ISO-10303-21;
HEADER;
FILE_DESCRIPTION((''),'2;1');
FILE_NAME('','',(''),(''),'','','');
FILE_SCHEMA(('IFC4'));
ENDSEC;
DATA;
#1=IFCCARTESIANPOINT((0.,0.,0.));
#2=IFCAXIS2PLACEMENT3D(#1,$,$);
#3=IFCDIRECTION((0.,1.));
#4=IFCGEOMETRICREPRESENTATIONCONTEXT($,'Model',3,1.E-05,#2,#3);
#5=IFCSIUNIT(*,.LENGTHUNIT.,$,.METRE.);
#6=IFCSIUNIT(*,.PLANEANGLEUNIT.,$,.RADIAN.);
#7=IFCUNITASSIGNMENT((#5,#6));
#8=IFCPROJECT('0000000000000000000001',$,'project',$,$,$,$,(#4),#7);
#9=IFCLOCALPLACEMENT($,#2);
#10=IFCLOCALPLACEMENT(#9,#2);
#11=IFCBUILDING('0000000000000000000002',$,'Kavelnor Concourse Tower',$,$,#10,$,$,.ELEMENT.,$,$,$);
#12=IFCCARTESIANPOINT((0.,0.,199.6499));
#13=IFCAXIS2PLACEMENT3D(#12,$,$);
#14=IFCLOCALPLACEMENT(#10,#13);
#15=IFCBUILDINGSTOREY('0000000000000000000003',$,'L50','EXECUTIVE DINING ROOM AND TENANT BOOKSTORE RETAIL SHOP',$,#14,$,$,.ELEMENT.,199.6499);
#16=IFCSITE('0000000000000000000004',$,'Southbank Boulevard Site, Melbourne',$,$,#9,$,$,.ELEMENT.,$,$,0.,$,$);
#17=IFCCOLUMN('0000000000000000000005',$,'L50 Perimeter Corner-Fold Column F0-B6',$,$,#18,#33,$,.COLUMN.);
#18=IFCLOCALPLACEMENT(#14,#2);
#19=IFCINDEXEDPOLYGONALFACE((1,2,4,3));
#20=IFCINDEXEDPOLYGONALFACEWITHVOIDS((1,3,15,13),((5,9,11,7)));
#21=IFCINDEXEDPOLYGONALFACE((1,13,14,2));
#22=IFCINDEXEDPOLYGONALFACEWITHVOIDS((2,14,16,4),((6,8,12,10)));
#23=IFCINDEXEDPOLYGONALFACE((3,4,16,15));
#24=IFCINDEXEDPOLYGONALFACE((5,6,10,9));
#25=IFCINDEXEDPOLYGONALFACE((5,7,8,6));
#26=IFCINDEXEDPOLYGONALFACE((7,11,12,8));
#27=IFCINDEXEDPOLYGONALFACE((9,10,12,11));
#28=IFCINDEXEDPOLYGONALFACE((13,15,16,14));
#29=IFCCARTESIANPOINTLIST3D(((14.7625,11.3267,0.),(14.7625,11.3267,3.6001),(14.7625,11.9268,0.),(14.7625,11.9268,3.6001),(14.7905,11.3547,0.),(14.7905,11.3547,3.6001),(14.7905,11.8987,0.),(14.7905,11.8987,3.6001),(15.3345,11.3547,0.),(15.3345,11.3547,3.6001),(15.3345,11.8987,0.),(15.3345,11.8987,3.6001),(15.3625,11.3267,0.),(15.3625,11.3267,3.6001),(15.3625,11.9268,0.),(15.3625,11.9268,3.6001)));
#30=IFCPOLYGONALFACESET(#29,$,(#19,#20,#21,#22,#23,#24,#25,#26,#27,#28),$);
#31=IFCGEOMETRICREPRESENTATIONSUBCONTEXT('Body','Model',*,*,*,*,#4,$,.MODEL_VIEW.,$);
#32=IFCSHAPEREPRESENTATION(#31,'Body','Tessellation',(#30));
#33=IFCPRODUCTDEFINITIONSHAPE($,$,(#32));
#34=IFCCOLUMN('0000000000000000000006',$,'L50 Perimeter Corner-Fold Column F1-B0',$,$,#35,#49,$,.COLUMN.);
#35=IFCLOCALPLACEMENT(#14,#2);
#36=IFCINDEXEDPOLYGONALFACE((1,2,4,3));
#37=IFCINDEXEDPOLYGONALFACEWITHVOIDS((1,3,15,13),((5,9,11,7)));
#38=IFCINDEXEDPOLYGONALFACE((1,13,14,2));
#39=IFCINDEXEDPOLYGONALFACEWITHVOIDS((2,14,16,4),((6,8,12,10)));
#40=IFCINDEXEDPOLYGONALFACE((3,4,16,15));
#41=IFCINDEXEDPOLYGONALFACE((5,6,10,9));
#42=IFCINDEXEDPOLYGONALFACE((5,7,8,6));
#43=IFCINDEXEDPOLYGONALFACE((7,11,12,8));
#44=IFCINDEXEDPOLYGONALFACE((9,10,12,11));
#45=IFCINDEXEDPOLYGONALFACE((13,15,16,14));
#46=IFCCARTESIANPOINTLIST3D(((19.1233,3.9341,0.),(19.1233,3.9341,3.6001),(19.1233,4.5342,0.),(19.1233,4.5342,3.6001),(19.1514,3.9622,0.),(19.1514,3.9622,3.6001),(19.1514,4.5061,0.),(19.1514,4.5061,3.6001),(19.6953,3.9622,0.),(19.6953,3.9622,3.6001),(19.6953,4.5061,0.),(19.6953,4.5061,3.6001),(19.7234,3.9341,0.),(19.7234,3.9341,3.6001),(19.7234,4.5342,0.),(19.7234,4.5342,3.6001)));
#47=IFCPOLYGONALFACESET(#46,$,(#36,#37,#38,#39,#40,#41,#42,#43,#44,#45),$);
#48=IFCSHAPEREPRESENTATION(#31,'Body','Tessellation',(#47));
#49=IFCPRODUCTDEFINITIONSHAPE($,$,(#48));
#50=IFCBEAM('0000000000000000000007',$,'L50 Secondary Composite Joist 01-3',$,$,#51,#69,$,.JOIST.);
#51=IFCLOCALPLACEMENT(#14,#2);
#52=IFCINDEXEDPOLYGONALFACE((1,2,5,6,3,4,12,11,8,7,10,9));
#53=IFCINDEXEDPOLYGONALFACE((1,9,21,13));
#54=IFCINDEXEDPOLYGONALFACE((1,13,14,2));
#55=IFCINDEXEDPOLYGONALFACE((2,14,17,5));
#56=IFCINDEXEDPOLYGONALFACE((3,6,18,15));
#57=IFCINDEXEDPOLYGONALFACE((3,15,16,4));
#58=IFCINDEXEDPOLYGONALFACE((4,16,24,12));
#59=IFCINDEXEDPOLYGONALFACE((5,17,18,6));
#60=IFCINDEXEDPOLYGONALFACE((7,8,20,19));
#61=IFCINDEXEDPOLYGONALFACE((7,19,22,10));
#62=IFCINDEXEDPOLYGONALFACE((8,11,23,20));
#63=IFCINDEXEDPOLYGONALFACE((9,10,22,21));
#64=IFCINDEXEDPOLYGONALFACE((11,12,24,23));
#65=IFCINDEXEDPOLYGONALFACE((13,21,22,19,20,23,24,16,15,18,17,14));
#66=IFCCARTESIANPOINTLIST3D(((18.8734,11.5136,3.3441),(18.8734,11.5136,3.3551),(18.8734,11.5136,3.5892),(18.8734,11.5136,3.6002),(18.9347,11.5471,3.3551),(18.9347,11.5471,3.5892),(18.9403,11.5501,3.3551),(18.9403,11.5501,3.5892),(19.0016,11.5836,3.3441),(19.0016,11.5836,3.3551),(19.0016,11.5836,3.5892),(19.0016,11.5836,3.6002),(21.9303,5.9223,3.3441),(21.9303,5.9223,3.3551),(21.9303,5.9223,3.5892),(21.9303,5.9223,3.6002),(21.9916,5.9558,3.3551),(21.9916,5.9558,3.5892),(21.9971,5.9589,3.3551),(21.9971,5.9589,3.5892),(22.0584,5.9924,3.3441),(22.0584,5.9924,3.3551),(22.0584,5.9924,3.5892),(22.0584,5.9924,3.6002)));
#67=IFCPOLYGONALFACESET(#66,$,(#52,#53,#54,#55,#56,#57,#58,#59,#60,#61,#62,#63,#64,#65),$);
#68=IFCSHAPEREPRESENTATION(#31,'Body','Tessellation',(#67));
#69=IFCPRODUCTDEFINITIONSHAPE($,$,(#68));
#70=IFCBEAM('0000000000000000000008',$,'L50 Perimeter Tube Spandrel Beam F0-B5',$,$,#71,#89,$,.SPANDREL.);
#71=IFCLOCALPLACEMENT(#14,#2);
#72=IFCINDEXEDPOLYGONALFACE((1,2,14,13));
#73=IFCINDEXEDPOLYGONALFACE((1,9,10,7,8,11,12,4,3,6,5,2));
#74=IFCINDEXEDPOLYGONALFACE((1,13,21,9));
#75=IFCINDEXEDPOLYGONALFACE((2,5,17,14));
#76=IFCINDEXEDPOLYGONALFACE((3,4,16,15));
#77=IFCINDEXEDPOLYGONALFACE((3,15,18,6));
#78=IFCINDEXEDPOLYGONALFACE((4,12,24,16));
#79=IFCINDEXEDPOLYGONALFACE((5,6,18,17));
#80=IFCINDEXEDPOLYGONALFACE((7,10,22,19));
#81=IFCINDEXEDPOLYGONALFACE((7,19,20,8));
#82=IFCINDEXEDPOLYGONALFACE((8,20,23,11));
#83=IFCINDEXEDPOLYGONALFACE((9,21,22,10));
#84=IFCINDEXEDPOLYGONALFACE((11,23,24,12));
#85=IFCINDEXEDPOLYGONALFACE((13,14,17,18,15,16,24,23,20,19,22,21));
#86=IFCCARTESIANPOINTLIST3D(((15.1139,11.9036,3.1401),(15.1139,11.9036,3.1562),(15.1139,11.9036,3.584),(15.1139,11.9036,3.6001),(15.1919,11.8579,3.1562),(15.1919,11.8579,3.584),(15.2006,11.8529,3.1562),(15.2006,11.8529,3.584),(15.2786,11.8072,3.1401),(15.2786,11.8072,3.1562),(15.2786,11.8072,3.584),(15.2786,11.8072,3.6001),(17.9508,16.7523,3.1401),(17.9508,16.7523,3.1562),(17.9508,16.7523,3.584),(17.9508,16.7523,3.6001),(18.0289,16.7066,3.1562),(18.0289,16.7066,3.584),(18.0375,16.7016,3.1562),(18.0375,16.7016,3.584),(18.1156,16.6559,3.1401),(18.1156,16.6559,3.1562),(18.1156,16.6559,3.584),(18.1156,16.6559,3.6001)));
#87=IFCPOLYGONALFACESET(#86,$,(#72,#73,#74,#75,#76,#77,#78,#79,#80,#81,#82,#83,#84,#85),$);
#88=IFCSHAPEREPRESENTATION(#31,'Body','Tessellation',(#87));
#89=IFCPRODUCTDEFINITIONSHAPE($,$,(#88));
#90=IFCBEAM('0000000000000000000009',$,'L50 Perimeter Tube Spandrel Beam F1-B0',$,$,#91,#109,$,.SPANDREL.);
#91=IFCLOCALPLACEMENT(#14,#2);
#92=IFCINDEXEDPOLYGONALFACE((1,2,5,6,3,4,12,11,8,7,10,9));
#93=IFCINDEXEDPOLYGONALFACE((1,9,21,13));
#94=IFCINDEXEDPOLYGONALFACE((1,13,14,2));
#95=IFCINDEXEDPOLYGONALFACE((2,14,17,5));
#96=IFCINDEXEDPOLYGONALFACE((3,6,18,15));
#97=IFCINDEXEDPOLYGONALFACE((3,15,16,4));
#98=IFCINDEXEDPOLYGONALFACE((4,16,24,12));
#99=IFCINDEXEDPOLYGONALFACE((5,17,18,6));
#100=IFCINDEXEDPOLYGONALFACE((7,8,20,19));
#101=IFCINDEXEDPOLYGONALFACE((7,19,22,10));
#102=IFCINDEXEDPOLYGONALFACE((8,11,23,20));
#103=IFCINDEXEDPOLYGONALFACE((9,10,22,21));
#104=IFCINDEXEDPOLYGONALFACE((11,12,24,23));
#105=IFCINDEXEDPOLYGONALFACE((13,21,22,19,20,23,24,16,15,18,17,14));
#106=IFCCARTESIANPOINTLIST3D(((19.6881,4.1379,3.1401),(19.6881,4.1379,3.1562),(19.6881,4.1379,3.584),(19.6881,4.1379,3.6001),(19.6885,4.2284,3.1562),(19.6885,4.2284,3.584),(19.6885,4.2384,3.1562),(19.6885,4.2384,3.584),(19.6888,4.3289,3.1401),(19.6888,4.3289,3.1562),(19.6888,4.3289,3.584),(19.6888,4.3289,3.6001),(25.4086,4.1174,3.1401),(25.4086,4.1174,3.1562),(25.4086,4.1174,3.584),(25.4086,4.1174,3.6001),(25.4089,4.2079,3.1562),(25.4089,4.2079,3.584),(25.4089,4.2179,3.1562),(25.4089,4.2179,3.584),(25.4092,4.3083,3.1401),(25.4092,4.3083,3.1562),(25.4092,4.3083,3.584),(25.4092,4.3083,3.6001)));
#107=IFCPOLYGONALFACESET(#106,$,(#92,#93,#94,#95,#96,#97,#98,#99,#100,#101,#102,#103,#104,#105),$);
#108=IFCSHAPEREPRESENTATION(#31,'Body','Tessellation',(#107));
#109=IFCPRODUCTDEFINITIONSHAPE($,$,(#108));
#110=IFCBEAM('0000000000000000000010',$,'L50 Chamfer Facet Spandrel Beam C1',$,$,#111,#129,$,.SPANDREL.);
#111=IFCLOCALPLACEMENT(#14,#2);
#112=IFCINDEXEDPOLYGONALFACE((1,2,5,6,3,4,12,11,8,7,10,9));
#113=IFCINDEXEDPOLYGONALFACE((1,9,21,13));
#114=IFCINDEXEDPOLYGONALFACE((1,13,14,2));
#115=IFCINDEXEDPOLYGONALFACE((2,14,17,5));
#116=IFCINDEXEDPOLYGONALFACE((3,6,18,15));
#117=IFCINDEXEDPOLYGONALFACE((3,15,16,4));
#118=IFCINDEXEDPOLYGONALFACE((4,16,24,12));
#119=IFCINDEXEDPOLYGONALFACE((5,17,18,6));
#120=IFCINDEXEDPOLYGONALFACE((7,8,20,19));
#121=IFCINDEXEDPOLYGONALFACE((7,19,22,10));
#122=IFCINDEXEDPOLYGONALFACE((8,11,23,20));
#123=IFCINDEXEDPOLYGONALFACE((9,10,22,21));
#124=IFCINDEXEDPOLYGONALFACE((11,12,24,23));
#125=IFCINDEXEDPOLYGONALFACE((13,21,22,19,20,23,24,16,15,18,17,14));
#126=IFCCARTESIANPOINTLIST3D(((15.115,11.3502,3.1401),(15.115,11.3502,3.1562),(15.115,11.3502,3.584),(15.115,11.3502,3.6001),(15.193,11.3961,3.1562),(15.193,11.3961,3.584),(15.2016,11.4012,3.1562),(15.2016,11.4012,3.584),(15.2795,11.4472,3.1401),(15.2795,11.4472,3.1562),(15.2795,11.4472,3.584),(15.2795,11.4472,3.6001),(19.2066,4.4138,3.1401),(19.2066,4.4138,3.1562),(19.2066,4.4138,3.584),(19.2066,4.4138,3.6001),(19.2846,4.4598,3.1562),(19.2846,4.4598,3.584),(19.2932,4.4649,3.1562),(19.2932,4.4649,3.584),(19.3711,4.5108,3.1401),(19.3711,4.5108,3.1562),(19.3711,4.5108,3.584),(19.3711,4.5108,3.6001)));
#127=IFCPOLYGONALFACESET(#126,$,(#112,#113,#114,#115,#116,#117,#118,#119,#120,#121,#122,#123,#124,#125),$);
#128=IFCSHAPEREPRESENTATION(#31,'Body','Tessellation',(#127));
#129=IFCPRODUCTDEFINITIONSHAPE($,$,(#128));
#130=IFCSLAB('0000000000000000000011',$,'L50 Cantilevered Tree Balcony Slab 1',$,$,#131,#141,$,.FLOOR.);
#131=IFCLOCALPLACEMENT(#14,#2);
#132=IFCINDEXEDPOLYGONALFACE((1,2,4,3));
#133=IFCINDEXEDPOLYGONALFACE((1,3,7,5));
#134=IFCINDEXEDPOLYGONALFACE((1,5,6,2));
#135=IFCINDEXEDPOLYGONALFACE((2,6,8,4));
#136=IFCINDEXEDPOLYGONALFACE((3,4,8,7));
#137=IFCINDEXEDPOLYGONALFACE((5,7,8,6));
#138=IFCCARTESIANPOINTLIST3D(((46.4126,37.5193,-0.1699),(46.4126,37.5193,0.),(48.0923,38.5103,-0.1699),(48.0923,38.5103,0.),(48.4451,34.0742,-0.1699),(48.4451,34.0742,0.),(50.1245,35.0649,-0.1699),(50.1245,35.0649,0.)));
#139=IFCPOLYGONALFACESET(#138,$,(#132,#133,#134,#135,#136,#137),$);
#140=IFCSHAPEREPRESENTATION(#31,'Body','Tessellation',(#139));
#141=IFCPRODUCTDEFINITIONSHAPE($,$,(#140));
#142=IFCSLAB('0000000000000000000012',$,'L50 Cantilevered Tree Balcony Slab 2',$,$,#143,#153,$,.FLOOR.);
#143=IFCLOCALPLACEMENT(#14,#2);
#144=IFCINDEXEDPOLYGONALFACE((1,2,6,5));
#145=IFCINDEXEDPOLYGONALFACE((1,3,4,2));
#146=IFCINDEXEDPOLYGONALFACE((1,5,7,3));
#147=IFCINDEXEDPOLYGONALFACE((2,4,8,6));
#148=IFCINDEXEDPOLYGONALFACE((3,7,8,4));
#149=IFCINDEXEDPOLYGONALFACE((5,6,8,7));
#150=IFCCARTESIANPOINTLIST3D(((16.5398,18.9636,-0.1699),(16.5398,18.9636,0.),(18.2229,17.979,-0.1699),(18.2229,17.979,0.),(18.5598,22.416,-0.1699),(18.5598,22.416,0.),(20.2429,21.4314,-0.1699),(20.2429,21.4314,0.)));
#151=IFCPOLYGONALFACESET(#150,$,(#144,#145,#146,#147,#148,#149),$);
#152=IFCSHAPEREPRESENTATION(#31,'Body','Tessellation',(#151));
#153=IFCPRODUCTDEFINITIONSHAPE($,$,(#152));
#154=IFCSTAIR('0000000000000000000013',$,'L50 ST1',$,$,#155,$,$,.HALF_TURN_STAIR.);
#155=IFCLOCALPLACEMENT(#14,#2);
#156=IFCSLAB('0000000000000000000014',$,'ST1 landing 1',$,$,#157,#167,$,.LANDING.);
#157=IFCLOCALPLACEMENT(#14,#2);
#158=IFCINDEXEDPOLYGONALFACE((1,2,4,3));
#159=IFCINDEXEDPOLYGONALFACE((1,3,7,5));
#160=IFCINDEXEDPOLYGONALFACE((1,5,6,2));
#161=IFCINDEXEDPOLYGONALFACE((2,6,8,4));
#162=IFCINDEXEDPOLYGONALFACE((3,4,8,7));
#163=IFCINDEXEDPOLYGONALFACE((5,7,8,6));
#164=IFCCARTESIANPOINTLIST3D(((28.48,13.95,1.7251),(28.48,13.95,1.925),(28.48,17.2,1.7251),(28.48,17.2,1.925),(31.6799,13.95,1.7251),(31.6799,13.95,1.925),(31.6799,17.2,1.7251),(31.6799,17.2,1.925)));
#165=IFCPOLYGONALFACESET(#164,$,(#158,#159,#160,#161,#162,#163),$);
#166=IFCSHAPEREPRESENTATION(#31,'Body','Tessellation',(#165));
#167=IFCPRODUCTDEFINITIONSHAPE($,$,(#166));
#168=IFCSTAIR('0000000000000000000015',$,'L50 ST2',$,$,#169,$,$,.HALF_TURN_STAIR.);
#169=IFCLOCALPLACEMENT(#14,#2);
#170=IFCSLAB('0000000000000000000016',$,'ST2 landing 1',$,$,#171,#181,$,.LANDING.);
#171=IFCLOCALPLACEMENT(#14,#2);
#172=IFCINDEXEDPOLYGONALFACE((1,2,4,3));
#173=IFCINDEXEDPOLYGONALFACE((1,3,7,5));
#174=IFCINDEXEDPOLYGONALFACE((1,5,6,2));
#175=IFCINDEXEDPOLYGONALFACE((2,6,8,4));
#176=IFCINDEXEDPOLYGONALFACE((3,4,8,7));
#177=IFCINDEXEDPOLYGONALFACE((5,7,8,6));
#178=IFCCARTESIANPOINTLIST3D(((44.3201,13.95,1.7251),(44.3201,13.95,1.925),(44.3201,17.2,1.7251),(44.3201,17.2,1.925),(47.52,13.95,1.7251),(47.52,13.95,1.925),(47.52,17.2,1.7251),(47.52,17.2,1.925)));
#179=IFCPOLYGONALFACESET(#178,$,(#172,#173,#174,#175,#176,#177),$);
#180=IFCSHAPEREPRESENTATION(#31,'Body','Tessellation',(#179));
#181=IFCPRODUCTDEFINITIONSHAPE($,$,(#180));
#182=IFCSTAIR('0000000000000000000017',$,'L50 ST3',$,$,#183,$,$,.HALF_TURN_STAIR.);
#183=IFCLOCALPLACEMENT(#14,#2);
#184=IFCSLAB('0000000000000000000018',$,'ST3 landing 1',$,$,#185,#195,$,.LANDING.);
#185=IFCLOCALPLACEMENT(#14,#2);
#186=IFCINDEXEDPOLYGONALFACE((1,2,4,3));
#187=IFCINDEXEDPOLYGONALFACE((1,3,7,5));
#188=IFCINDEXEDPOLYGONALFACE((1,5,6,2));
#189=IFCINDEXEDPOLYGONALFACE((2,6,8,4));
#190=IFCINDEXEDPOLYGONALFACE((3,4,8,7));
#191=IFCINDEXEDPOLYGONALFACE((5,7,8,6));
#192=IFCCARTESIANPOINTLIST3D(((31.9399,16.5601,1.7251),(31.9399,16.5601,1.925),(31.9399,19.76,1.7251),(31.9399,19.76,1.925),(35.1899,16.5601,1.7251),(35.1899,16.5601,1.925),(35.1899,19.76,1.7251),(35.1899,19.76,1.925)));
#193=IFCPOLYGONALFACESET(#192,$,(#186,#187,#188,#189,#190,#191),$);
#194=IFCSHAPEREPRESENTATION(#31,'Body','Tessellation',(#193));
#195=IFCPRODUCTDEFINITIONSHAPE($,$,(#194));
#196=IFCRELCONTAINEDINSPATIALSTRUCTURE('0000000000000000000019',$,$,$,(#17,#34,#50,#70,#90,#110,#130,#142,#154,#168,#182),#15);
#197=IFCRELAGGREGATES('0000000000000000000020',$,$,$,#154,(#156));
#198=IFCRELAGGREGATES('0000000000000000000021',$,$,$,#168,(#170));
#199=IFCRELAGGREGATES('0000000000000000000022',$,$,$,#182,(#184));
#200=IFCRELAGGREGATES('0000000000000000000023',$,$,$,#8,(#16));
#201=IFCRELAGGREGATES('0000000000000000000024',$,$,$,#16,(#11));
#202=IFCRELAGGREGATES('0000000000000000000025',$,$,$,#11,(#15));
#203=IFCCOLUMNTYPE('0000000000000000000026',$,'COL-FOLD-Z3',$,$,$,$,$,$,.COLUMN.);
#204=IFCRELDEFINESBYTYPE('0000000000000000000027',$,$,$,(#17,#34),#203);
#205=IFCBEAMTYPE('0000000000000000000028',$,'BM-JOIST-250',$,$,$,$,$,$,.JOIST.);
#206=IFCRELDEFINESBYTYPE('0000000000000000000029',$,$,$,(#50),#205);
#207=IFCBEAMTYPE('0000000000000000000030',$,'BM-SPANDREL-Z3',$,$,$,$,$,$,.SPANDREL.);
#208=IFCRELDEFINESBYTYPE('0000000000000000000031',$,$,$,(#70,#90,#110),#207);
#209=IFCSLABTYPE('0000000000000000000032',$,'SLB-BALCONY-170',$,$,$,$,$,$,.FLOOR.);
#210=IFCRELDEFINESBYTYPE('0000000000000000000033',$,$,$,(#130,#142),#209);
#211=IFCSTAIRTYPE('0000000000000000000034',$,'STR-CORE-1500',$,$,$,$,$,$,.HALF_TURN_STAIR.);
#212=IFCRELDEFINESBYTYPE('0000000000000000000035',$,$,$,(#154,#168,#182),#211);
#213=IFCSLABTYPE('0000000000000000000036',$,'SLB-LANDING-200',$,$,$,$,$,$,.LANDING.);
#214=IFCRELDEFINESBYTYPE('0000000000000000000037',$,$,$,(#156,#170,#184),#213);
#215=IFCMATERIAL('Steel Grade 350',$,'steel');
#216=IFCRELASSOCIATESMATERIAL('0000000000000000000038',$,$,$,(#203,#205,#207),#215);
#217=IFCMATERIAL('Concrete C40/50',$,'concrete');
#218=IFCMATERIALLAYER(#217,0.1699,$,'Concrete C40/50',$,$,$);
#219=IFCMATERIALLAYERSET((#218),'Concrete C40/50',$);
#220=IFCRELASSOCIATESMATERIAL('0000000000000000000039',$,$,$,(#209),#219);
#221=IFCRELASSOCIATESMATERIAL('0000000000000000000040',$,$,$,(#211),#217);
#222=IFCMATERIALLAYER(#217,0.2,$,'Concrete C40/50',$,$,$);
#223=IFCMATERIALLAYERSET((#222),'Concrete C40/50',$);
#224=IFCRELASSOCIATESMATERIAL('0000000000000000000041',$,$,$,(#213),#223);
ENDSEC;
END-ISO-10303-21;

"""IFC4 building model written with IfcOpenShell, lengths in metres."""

from ifc_helpers import new_model, si_unit, direction, frame, origin, origin_2d, place, context, subcontext, project, spatial, polyline, hollow_rectangle, i_section, outline, extrude, material, layer, layer_set, material_profile, profile_set, type_object, element, aggregate, save


model = new_model("IFC4")

# Units and contexts
model_context = context("Model", 3, precision=1e-05, world=origin(), true_north=direction((0.0, 1.0)))
body_context = subcontext(model_context, "Body", "Model", "MODEL_VIEW")
ifc_project = project(units=[si_unit("LENGTHUNIT", "METRE"), si_unit("PLANEANGLEUNIT", "RADIAN")], contexts=[model_context])

# Site, building, storey
site_placement = place(None, origin())
site = spatial("IfcSite", under=ifc_project, at=site_placement, Name="Southbank Boulevard Site, Melbourne", CompositionType="ELEMENT", RefElevation=0.0)
building_placement = place(site_placement, origin())
building = spatial("IfcBuilding", under=site, at=building_placement, Name="Kavelnor Concourse Tower", CompositionType="ELEMENT")
storey_placement = place(building_placement, frame((0.0, 0.0, 199.6499)))
storey = spatial("IfcBuildingStorey", under=building, at=storey_placement, Name="L50", Description="EXECUTIVE DINING ROOM AND TENANT BOOKSTORE RETAIL SHOP", CompositionType="ELEMENT", Elevation=199.6499)

# Columns
ifc_material_1 = material(Name="Steel Grade 350", Category="steel")
ifc_material_profile_1 = material_profile(ifc_material_1, hollow_rectangle(XDim=0.6001, YDim=0.6001, WallThickness=0.0281, at=origin_2d()), Name="SHS 600x600x28")
ifc_profile_set_1 = profile_set([ifc_material_profile_1], Name="Steel Grade 350")
column_type = type_object("IfcColumnType", Name="COL-FOLD-Z3", PredefinedType="COLUMN", material=ifc_profile_set_1)
for number, where, z_axis, x_axis, name in (
    (1, (15.0625, 11.6267, 0.0), (0.0, 0.0, 1.0), (1.0, 0.0, 0.0), "L50 Perimeter Corner-Fold Column F0-B6"),
    (2, (19.4233, 4.2341, 0.0), (0.0, 0.0, 1.0), (1.0, 0.0, 0.0), "L50 Perimeter Corner-Fold Column F1-B0"),
):
    element("IfcColumn", number, at=place(storey_placement, frame(where, z_axis=z_axis, x_axis=x_axis)), inside=storey, type_object=column_type, Name=name, PredefinedType="COLUMN", context=body_context, shape_type="SweptSolid", body=[
        extrude(hollow_rectangle(XDim=0.6001, YDim=0.6001, WallThickness=0.0281, at=origin_2d()), origin(), (0.0, 0.0, 1.0), 3.6001),
    ])

# Beams
ifc_material_profile_2 = material_profile(ifc_material_1, i_section(OverallWidth=0.146, OverallDepth=0.2561, WebThickness=0.0063, FlangeThickness=0.011, at=origin_2d()), Name="250UB37")
ifc_profile_set_2 = profile_set([ifc_material_profile_2], Name="Steel Grade 350")
beam_type_1 = type_object("IfcBeamType", Name="BM-JOIST-250", PredefinedType="JOIST", material=ifc_profile_set_2)
beam_1_placement = place(storey_placement, frame((18.9375, 11.5486, 3.4722), z_axis=(0.479708, -0.877428, 0.0), x_axis=(0.877428, 0.479708, 0.0)))
element("IfcBeam", 3, at=beam_1_placement, inside=storey, type_object=beam_type_1, Name="L50 Secondary Composite Joist 01-3", PredefinedType="JOIST", context=body_context, shape_type="SweptSolid", body=[
    extrude(i_section(OverallWidth=0.146, OverallDepth=0.2561, WebThickness=0.0063, FlangeThickness=0.011, at=origin_2d()), origin(), (0.0, 0.0, 1.0), 6.3723),
])
ifc_material_profile_3 = material_profile(ifc_material_1, i_section(OverallWidth=0.1909, OverallDepth=0.46, WebThickness=0.01, FlangeThickness=0.0161, at=origin_2d()), Name="460UB82")
ifc_profile_set_3 = profile_set([ifc_material_profile_3], Name="Steel Grade 350")
beam_type_2 = type_object("IfcBeamType", Name="BM-SPANDREL-Z3", PredefinedType="SPANDREL", material=ifc_profile_set_3)
beam_2_placement = place(storey_placement, frame((18.0332, 16.7041, 3.3701), z_axis=(-0.505006, -0.863116, 0.0), x_axis=(0.863116, -0.505006, 0.0)))
element("IfcBeam", 4, at=beam_2_placement, inside=storey, type_object=beam_type_2, Name="L50 Perimeter Tube Spandrel Beam F0-B5", PredefinedType="SPANDREL", context=body_context, shape_type="SweptSolid", body=[
    extrude(i_section(OverallWidth=0.1909, OverallDepth=0.46, WebThickness=0.01, FlangeThickness=0.0161, at=origin_2d()), origin(), (0.0, 0.0, 1.0), 5.6177),
])
beam_3_placement = place(storey_placement, frame((19.6885, 4.2334, 3.3701), z_axis=(0.999994, -0.003585, 0.0), x_axis=(0.003585, 0.999994, 0.0)))
element("IfcBeam", 5, at=beam_3_placement, inside=storey, type_object=beam_type_2, Name="L50 Perimeter Tube Spandrel Beam F1-B0", PredefinedType="SPANDREL", context=body_context, shape_type="SweptSolid", body=[
    extrude(i_section(OverallWidth=0.1909, OverallDepth=0.46, WebThickness=0.01, FlangeThickness=0.0161, at=origin_2d()), origin(), (0.0, 0.0, 1.0), 5.7205),
])
beam_4_placement = place(storey_placement, frame((15.1973, 11.3987, 3.3701), z_axis=(0.50807, -0.861316, 0.0), x_axis=(0.861316, 0.50807, 0.0)))
element("IfcBeam", 6, at=beam_4_placement, inside=storey, type_object=beam_type_2, Name="L50 Chamfer Facet Spandrel Beam C1", PredefinedType="SPANDREL", context=body_context, shape_type="SweptSolid", body=[
    extrude(i_section(OverallWidth=0.1909, OverallDepth=0.46, WebThickness=0.01, FlangeThickness=0.0161, at=origin_2d()), origin(), (0.0, 0.0, 1.0), 8.0532),
])

# Slabs
ifc_material_2 = material(Name="Concrete C40/50", Category="concrete")
ifc_layer_1 = layer(ifc_material_2, 0.1699, Name="Concrete C40/50")
ifc_layer_set_1 = layer_set([ifc_layer_1], Name="Concrete C40/50")
slab_type_1 = type_object("IfcSlabType", Name="SLB-BALCONY-170", PredefinedType="FLOOR", material=ifc_layer_set_1)
slab_1_placement = place(storey_placement, frame((0.0, 0.0, -0.1699)))
element("IfcSlab", 7, at=slab_1_placement, inside=storey, type_object=slab_type_1, Name="L50 Cantilevered Tree Balcony Slab 1", PredefinedType="FLOOR", context=body_context, shape_type="SweptSolid", body=[
    extrude(outline(polyline([(48.0923, 38.5103), (50.1245, 35.0649), (48.4451, 34.0742), (46.4126, 37.5193), (48.0923, 38.5103)])), origin(), (0.0, 0.0, 1.0), 0.1699),
])
slab_2_placement = place(storey_placement, frame((0.0, 0.0, -0.1699)))
element("IfcSlab", 8, at=slab_2_placement, inside=storey, type_object=slab_type_1, Name="L50 Cantilevered Tree Balcony Slab 2", PredefinedType="FLOOR", context=body_context, shape_type="SweptSolid", body=[
    extrude(outline(polyline([(16.5398, 18.9636), (18.5598, 22.416), (20.2429, 21.4314), (18.2229, 17.979), (16.5398, 18.9636)])), origin(), (0.0, 0.0, 1.0), 0.1699),
])

# Stairs, slabs
stair_type = type_object("IfcStairType", Name="STR-CORE-1500", PredefinedType="HALF_TURN_STAIR", material=ifc_material_2)
stair_1_placement = place(storey_placement, origin())
stair_1 = element("IfcStair", 9, at=stair_1_placement, inside=storey, type_object=stair_type, Name="L50 ST1", PredefinedType="HALF_TURN_STAIR")
ifc_layer_2 = layer(ifc_material_2, 0.2, Name="Concrete C40/50")
ifc_layer_set_2 = layer_set([ifc_layer_2], Name="Concrete C40/50")
slab_type_2 = type_object("IfcSlabType", Name="SLB-LANDING-200", PredefinedType="LANDING", material=ifc_layer_set_2)
slab_3_placement = place(storey_placement, frame((0.0, 0.0, 1.7251)))
slab_3 = element("IfcSlab", 10, at=slab_3_placement, type_object=slab_type_2, Name="ST1 landing 1", PredefinedType="LANDING", context=body_context, shape_type="SweptSolid", body=[
    extrude(outline(polyline([(31.6799, 13.95), (31.6799, 17.2), (28.48, 17.2), (28.48, 13.95), (31.6799, 13.95)])), origin(), (0.0, 0.0, 1.0), 0.2),
])
aggregate(stair_1, [slab_3])
stair_2_placement = place(storey_placement, origin())
stair_2 = element("IfcStair", 11, at=stair_2_placement, inside=storey, type_object=stair_type, Name="L50 ST2", PredefinedType="HALF_TURN_STAIR")
slab_4_placement = place(storey_placement, frame((0.0, 0.0, 1.7251)))
slab_4 = element("IfcSlab", 12, at=slab_4_placement, type_object=slab_type_2, Name="ST2 landing 1", PredefinedType="LANDING", context=body_context, shape_type="SweptSolid", body=[
    extrude(outline(polyline([(47.52, 13.95), (47.52, 17.2), (44.3201, 17.2), (44.3201, 13.95), (47.52, 13.95)])), origin(), (0.0, 0.0, 1.0), 0.2),
])
aggregate(stair_2, [slab_4])
stair_3_placement = place(storey_placement, origin())
stair_3 = element("IfcStair", 13, at=stair_3_placement, inside=storey, type_object=stair_type, Name="L50 ST3", PredefinedType="HALF_TURN_STAIR")
slab_5_placement = place(storey_placement, frame((0.0, 0.0, 1.7251)))
slab_5 = element("IfcSlab", 14, at=slab_5_placement, type_object=slab_type_2, Name="ST3 landing 1", PredefinedType="LANDING", context=body_context, shape_type="SweptSolid", body=[
    extrude(outline(polyline([(35.1899, 19.76), (31.9399, 19.76), (31.9399, 16.5601), (35.1899, 16.5601), (35.1899, 19.76)])), origin(), (0.0, 0.0, 1.0), 0.2),
])
aggregate(stair_3, [slab_5])

save(model, "model.ifc")
